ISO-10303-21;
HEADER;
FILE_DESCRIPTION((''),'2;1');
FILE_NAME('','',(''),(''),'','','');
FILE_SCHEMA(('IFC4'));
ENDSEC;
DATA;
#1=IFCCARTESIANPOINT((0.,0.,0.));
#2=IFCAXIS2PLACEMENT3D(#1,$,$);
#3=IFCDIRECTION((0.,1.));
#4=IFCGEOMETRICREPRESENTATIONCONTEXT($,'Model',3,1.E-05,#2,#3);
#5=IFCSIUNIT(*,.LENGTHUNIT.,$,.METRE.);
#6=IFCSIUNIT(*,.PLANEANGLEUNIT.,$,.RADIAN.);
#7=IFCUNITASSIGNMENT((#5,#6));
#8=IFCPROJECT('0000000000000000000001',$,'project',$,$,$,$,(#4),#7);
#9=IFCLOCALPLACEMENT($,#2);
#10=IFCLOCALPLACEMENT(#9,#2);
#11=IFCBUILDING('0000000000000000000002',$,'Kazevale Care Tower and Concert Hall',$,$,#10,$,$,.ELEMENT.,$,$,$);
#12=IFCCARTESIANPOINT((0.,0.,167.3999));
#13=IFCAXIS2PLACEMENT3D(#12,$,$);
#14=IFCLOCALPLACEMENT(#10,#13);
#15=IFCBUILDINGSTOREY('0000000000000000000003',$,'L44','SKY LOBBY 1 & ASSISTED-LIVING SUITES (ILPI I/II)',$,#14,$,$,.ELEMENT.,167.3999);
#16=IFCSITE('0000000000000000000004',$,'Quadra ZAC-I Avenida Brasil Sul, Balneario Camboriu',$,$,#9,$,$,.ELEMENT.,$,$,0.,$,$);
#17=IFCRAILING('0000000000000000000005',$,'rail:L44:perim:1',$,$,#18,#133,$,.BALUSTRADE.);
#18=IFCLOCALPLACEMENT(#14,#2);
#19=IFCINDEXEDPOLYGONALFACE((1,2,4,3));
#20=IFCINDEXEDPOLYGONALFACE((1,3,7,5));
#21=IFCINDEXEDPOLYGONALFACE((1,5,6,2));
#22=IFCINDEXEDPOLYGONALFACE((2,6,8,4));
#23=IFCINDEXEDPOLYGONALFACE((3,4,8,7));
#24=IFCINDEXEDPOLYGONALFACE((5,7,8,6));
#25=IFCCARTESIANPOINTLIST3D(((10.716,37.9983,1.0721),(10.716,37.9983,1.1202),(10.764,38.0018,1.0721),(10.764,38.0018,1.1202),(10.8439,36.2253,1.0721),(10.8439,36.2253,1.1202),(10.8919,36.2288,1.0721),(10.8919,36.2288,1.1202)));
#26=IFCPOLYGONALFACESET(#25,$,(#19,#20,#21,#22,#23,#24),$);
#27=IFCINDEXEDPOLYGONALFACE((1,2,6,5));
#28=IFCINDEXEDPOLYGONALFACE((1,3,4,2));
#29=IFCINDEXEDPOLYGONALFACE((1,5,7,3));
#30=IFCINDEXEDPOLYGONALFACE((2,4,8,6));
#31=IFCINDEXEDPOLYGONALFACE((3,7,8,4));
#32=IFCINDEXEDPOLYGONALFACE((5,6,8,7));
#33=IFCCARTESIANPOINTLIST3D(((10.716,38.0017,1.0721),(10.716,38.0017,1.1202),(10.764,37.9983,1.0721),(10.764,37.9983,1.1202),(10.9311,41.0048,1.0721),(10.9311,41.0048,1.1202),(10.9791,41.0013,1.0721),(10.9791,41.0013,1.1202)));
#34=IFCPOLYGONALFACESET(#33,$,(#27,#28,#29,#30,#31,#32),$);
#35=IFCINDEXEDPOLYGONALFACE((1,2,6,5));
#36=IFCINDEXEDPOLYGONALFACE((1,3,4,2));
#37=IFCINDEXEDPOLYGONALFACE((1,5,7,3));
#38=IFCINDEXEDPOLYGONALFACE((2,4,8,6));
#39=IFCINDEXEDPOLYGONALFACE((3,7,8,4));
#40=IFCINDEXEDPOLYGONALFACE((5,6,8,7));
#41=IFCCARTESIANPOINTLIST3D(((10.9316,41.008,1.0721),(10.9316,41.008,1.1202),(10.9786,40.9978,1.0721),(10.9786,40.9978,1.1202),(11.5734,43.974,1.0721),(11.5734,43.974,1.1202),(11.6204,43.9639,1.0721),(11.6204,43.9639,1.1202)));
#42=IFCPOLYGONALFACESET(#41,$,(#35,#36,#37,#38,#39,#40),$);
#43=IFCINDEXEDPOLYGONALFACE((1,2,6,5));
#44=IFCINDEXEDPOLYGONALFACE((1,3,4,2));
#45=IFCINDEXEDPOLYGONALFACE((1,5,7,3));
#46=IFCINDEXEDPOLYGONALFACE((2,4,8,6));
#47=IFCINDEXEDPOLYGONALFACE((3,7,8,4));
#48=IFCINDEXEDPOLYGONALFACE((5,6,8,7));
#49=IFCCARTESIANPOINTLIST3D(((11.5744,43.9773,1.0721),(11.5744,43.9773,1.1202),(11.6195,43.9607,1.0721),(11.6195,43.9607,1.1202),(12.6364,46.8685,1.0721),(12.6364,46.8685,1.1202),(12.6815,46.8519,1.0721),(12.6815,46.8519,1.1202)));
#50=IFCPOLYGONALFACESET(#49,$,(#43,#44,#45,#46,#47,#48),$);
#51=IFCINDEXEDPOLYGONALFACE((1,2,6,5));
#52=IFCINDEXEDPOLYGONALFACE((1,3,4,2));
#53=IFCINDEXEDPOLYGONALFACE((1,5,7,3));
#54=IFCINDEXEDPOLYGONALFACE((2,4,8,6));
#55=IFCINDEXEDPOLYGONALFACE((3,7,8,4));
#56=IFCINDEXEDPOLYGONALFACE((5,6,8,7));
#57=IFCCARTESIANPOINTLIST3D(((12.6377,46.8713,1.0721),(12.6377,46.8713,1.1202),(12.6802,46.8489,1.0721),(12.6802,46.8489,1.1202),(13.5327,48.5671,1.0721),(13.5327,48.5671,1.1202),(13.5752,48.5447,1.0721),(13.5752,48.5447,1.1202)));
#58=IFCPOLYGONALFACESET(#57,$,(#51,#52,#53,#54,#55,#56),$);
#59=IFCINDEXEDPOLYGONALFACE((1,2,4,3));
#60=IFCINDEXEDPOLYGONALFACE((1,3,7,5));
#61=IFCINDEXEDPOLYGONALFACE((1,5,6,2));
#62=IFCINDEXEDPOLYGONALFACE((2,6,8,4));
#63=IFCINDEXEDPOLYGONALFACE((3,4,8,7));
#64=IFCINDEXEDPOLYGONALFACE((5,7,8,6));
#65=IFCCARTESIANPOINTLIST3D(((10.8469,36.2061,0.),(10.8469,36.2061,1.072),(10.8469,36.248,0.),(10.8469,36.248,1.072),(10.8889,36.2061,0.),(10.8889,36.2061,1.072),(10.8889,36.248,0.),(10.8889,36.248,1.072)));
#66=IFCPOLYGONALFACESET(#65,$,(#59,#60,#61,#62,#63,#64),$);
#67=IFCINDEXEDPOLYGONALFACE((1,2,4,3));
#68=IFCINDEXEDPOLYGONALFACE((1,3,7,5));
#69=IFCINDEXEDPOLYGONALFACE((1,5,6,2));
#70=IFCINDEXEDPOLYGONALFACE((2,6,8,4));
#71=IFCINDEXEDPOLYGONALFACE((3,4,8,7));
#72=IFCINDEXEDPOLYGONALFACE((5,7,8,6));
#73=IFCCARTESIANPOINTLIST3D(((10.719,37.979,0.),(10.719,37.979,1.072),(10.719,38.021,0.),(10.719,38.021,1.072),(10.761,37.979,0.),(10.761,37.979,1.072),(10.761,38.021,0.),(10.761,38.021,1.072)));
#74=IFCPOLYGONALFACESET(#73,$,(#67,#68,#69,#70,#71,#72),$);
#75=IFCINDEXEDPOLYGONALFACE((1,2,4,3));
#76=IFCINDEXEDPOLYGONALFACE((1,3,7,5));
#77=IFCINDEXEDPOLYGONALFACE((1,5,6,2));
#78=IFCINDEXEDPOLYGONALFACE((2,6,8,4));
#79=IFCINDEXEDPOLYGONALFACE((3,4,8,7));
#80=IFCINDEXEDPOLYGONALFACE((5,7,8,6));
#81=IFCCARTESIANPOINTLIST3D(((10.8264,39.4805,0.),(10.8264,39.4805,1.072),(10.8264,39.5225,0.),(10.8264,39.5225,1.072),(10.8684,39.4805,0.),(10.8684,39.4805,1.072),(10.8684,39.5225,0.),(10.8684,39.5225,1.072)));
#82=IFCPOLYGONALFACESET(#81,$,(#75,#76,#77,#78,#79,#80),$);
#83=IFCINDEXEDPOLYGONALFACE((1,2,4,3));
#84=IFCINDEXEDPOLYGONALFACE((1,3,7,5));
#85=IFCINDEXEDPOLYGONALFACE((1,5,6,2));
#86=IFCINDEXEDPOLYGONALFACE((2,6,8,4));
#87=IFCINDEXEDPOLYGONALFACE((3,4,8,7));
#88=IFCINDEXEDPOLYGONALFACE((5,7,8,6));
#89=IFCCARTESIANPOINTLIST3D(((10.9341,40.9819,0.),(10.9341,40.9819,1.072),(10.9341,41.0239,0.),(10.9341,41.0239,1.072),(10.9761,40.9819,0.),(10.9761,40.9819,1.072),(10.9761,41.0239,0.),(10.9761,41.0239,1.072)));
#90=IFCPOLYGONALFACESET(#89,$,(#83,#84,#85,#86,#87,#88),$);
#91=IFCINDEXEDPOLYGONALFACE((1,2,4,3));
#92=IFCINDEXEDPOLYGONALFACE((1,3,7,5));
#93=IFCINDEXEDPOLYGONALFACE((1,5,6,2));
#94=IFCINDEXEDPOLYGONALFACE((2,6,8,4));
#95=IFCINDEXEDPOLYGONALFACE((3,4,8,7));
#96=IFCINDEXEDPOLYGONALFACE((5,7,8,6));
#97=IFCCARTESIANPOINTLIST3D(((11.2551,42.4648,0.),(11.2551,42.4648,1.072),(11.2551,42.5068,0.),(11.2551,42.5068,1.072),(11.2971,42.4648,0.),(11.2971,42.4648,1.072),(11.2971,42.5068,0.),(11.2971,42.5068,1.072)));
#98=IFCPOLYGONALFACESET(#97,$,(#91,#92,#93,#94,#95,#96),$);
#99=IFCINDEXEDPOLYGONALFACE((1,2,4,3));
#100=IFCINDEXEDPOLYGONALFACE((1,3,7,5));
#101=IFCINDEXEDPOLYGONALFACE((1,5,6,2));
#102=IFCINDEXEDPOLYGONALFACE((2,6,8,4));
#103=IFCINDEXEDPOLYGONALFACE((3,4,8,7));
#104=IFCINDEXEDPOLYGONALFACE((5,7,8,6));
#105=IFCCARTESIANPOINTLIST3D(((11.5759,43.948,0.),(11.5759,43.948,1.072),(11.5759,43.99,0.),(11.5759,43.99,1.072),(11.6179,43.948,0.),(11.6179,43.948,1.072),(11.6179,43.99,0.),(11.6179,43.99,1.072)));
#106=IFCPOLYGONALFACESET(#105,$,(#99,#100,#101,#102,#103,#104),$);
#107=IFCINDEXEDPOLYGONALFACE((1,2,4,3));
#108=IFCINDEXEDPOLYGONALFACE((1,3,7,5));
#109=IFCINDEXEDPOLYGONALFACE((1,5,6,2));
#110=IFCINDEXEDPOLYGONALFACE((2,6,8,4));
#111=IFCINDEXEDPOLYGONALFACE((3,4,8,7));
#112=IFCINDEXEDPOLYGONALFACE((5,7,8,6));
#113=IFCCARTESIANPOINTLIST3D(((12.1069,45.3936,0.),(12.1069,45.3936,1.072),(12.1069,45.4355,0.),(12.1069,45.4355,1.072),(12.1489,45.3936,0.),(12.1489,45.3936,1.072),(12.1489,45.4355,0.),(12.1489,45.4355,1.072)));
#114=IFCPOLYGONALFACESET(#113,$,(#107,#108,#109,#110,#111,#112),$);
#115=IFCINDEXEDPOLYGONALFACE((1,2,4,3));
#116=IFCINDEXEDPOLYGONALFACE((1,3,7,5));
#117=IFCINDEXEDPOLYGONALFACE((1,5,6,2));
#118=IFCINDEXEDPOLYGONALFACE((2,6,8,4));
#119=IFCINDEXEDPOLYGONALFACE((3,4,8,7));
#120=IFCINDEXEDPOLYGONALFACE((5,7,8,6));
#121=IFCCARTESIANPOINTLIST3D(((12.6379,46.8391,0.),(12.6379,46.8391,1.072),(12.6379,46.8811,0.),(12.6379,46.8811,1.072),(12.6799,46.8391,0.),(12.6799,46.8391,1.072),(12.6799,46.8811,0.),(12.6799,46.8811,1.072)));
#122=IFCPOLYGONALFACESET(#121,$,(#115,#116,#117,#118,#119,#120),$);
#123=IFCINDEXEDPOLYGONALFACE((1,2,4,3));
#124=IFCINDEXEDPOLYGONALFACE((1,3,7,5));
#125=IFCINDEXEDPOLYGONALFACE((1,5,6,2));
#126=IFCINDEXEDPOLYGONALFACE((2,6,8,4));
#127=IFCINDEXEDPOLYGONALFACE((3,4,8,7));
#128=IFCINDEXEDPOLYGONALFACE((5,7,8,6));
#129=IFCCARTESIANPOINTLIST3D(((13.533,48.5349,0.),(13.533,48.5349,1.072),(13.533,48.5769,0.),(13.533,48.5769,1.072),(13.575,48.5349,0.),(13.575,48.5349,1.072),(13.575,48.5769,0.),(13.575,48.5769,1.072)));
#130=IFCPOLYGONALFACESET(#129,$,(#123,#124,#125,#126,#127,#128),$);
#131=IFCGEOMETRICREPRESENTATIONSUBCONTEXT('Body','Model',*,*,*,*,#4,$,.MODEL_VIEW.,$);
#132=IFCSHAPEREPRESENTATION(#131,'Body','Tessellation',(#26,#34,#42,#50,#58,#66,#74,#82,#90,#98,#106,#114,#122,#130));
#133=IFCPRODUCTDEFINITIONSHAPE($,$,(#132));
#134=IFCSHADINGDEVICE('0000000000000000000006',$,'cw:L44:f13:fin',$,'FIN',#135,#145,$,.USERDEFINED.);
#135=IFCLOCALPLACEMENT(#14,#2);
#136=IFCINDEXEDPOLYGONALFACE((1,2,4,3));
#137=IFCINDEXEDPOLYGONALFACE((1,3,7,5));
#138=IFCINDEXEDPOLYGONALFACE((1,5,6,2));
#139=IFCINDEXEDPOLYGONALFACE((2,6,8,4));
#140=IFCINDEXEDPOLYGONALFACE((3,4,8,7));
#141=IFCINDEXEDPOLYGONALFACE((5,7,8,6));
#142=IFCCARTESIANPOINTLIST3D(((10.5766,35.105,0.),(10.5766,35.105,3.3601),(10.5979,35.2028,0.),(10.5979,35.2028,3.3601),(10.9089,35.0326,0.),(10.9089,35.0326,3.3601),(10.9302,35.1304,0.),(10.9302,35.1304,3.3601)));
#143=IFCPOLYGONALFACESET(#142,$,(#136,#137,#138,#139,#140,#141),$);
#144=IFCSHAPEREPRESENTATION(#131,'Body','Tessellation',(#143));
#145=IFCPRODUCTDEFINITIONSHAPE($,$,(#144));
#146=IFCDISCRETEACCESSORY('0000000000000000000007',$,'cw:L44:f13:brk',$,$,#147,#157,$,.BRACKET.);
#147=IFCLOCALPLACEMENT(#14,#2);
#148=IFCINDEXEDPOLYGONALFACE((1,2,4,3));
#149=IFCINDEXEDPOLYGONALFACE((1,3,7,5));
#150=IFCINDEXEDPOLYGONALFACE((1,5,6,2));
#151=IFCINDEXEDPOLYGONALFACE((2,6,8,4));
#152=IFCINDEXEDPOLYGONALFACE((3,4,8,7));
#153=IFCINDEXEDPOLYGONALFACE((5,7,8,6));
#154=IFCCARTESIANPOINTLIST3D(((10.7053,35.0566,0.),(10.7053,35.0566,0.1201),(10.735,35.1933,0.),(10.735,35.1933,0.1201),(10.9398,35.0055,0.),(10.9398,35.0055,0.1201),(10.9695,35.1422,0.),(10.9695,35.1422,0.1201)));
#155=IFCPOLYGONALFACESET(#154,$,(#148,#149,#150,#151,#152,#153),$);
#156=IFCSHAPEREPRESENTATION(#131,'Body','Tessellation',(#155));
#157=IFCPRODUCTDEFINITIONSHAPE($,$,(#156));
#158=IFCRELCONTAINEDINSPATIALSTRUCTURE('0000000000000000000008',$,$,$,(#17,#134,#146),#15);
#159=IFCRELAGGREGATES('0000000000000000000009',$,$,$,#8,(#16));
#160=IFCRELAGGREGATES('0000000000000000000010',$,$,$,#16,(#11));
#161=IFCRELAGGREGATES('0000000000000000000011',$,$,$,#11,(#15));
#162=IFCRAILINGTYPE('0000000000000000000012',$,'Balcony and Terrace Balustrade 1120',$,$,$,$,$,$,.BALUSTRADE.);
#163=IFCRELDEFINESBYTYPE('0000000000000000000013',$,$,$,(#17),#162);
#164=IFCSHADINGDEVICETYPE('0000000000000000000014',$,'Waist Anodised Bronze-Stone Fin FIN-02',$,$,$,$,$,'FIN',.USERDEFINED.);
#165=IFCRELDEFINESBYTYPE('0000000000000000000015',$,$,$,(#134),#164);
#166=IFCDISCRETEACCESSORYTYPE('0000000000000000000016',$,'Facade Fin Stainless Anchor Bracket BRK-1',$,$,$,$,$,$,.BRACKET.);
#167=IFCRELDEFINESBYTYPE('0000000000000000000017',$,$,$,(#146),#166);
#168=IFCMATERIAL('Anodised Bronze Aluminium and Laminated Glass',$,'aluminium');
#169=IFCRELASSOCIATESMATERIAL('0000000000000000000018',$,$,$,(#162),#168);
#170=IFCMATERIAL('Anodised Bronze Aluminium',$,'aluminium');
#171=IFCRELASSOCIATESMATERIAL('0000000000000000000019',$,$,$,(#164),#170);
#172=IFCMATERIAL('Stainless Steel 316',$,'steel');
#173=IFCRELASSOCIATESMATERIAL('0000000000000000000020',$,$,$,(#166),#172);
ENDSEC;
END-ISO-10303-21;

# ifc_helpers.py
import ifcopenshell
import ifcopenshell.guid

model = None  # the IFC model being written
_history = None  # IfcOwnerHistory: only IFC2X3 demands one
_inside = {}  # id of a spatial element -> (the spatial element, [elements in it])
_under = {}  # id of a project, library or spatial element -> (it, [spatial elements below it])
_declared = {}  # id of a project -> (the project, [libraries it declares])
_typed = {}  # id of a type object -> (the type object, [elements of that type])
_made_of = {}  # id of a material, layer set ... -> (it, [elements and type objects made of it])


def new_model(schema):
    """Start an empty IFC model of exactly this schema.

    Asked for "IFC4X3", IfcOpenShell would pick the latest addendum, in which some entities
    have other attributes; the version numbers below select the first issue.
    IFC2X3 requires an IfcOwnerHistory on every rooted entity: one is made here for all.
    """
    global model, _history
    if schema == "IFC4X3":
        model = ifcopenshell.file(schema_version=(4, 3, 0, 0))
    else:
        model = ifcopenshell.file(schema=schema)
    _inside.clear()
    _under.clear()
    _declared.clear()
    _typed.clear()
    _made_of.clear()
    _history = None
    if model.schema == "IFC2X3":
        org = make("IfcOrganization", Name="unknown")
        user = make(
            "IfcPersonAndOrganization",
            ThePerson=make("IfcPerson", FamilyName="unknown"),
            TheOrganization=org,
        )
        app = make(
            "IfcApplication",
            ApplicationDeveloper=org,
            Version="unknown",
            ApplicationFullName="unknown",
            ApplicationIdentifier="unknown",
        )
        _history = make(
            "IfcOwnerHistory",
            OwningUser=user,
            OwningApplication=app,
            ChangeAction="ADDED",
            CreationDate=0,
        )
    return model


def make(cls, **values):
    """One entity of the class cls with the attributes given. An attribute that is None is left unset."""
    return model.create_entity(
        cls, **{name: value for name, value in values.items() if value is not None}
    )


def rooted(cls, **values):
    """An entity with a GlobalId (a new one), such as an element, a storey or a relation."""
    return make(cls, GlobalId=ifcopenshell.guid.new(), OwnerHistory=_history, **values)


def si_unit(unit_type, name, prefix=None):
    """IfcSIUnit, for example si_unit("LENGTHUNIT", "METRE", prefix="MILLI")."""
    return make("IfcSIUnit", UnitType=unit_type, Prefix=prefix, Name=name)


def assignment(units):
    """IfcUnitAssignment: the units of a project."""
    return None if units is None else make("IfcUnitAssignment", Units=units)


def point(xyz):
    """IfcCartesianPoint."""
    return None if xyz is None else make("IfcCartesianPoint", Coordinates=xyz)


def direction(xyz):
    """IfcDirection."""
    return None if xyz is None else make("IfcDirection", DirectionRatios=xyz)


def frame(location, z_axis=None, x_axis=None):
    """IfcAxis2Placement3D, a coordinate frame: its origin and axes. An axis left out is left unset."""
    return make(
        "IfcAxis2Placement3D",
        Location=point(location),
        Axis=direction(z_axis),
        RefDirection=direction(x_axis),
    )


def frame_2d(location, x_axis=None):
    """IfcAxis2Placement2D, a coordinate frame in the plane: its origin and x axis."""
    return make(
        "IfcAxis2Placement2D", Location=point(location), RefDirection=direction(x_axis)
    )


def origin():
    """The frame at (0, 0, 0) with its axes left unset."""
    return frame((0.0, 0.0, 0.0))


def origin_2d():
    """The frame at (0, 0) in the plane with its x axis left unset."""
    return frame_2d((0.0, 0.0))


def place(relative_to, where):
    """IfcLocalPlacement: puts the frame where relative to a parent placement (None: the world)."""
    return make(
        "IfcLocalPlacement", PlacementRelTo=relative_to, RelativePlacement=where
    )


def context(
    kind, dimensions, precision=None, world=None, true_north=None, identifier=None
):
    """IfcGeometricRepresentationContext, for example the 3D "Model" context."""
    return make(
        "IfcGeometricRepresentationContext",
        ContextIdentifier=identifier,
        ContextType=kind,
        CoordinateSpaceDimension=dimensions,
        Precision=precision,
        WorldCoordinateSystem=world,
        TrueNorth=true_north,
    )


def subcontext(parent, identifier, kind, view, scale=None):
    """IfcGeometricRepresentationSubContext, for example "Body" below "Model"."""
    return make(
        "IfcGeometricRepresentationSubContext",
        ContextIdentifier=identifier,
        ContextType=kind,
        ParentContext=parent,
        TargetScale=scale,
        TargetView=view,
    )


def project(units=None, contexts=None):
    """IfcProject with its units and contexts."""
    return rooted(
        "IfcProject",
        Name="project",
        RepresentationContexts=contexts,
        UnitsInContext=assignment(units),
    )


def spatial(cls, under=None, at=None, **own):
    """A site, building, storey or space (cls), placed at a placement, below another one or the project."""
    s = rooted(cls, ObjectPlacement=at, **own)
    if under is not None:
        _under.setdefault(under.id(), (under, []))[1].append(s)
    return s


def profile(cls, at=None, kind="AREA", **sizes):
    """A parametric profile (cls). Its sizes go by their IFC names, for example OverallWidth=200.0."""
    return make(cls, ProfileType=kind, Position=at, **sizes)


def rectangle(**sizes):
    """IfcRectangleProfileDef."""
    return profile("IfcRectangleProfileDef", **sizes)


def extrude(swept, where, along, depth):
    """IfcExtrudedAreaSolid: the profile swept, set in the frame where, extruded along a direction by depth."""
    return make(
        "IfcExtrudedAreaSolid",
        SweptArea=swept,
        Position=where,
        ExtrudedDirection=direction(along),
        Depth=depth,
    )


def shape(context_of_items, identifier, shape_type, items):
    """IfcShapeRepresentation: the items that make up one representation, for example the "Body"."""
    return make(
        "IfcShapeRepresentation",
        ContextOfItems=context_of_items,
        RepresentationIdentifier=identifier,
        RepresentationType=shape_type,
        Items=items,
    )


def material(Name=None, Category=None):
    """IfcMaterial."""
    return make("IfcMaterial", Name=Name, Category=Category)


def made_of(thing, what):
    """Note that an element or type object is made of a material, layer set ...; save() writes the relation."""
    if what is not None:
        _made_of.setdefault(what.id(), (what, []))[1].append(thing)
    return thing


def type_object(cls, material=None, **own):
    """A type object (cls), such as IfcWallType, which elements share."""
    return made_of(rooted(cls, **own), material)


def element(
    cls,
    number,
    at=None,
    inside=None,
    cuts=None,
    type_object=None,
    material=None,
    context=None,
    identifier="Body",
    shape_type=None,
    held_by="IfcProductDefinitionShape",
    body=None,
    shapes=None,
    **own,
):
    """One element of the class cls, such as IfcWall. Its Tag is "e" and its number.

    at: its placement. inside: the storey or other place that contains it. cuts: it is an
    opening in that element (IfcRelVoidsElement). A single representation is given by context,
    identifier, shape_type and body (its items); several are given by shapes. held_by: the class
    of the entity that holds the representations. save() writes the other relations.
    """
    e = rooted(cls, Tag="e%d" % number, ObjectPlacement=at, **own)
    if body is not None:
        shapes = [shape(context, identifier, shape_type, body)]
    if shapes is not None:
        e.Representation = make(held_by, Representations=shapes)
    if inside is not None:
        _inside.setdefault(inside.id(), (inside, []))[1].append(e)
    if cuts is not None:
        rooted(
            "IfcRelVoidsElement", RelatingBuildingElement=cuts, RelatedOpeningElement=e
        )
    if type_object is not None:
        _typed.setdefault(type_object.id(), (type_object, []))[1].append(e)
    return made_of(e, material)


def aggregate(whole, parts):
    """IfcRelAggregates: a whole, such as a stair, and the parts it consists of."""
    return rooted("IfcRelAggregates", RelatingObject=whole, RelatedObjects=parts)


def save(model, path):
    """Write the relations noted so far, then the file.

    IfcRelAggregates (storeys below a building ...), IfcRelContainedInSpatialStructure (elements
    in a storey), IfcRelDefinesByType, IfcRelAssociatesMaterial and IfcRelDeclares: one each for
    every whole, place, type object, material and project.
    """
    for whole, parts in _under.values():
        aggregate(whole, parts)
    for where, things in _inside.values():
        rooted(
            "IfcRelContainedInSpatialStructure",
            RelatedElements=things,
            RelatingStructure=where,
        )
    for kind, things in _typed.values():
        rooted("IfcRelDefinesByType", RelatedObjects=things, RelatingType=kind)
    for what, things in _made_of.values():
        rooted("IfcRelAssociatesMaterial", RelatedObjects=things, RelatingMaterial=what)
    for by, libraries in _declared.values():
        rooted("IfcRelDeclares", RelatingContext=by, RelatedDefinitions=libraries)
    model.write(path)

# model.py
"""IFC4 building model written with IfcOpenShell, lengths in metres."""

from ifc_helpers import new_model, si_unit, direction, frame, origin, origin_2d, place, context, subcontext, project, spatial, rectangle, extrude, material, type_object, element, save


model = new_model("IFC4")

# Units and contexts
model_context = context("Model", 3, precision=1e-05, world=origin(), true_north=direction((0.0, 1.0)))
body_context = subcontext(model_context, "Body", "Model", "MODEL_VIEW")
ifc_project = project(units=[si_unit("LENGTHUNIT", "METRE"), si_unit("PLANEANGLEUNIT", "RADIAN")], contexts=[model_context])

# Site, building, storey
site_placement = place(None, origin())
site = spatial("IfcSite", under=ifc_project, at=site_placement, Name="Quadra ZAC-I Avenida Brasil Sul, Balneario Camboriu", CompositionType="ELEMENT", RefElevation=0.0)
building_placement = place(site_placement, origin())
building = spatial("IfcBuilding", under=site, at=building_placement, Name="Kazevale Care Tower and Concert Hall", CompositionType="ELEMENT")
storey_placement = place(building_placement, frame((0.0, 0.0, 167.3999)))
storey = spatial("IfcBuildingStorey", under=building, at=storey_placement, Name="L44", Description="SKY LOBBY 1 & ASSISTED-LIVING SUITES (ILPI I/II)", CompositionType="ELEMENT", Elevation=167.3999)

# Shared definitions
ifc_material_1 = material(Name="Stainless Steel 316", Category="steel")

# Railing
ifc_material_2 = material(Name="Anodised Bronze Aluminium and Laminated Glass", Category="aluminium")
railing_type = type_object("IfcRailingType", Name="Balcony and Terrace Balustrade 1120", PredefinedType="BALUSTRADE", material=ifc_material_2)
railing_placement = place(storey_placement, frame((10.8679, 36.2271, 0.0)))
element("IfcRailing", 1, at=railing_placement, inside=storey, type_object=railing_type, Name="rail:L44:perim:1", PredefinedType="BALUSTRADE", context=body_context, shape_type="SweptSolid", body=[
    extrude(rectangle(XDim=0.0481, YDim=0.0481, at=origin_2d()), frame((0.0, 0.0, 1.0962), z_axis=(-0.071969, 0.997407, 0.0), x_axis=(-0.997407, -0.071969, 0.0)), (0.0, 0.0, 1.0), 1.7776),
    extrude(rectangle(XDim=0.0481, YDim=0.0481, at=origin_2d()), frame((-0.1279, 1.7729, 1.0962), z_axis=(0.071443, 0.997445, 0.0), x_axis=(-0.997445, 0.071443, 0.0)), (0.0, 0.0, 1.0), 3.0107),
    extrude(rectangle(XDim=0.0481, YDim=0.0481, at=origin_2d()), frame((0.0872, 4.7759, 1.0962), z_axis=(0.211501, 0.977378, 0.0), x_axis=(-0.977378, 0.211501, 0.0)), (0.0, 0.0, 1.0), 3.0347),
    extrude(rectangle(XDim=0.0481, YDim=0.0481, at=origin_2d()), frame((0.729, 7.7419, 1.0962), z_axis=(0.344809, 0.938673, 0.0), x_axis=(-0.938673, 0.344809, 0.0)), (0.0, 0.0, 1.0), 3.0801),
    extrude(rectangle(XDim=0.0481, YDim=0.0481, at=origin_2d()), frame((1.791, 10.6331, 1.0962), z_axis=(0.466764, 0.884382, 0.0), x_axis=(-0.884382, 0.466764, 0.0)), (0.0, 0.0, 1.0), 1.9175),
    extrude(rectangle(XDim=0.042, YDim=0.042, at=origin_2d()), origin(), (0.0, 0.0, 1.0), 1.072),
    extrude(rectangle(XDim=0.042, YDim=0.042, at=origin_2d()), frame((-0.1279, 1.7729, 0.0)), (0.0, 0.0, 1.0), 1.072),
    extrude(rectangle(XDim=0.042, YDim=0.042, at=origin_2d()), frame((-0.0205, 3.2744, 0.0)), (0.0, 0.0, 1.0), 1.072),
    extrude(rectangle(XDim=0.042, YDim=0.042, at=origin_2d()), frame((0.0872, 4.7759, 0.0)), (0.0, 0.0, 1.0), 1.072),
    extrude(rectangle(XDim=0.042, YDim=0.042, at=origin_2d()), frame((0.4082, 6.2588, 0.0)), (0.0, 0.0, 1.0), 1.072),
    extrude(rectangle(XDim=0.042, YDim=0.042, at=origin_2d()), frame((0.729, 7.7419, 0.0)), (0.0, 0.0, 1.0), 1.072),
    extrude(rectangle(XDim=0.042, YDim=0.042, at=origin_2d()), frame((1.26, 9.1875, 0.0)), (0.0, 0.0, 1.0), 1.072),
    extrude(rectangle(XDim=0.042, YDim=0.042, at=origin_2d()), frame((1.791, 10.6331, 0.0)), (0.0, 0.0, 1.0), 1.072),
    extrude(rectangle(XDim=0.042, YDim=0.042, at=origin_2d()), frame((2.686, 12.3289, 0.0)), (0.0, 0.0, 1.0), 1.072),
])

# Shading device
ifc_material_3 = material(Name="Anodised Bronze Aluminium", Category="aluminium")
shading_device_type = type_object("IfcShadingDeviceType", Name="Waist Anodised Bronze-Stone Fin FIN-02", ElementType="FIN", PredefinedType="USERDEFINED", material=ifc_material_3)
shading_device_placement = place(storey_placement, frame((10.7534, 35.1177, 0.0), z_axis=(0.0, 0.0, 1.0), x_axis=(-0.977083, 0.21286, 0.0)))
element("IfcShadingDevice", 2, at=shading_device_placement, inside=storey, type_object=shading_device_type, Name="cw:L44:f13:fin", ObjectType="FIN", PredefinedType="USERDEFINED", context=body_context, shape_type="SweptSolid", body=[
    extrude(rectangle(XDim=0.3401, YDim=0.1001, at=origin_2d()), origin(), (0.0, 0.0, 1.0), 3.3601),
])

# Discrete accessory
discrete_accessory_type = type_object("IfcDiscreteAccessoryType", Name="Facade Fin Stainless Anchor Bracket BRK-1", PredefinedType="BRACKET", material=ifc_material_1)
discrete_accessory_placement = place(storey_placement, frame((10.8374, 35.0994, 0.0), z_axis=(0.0, 0.0, 1.0), x_axis=(-0.977083, 0.21286, 0.0)))
element("IfcDiscreteAccessory", 3, at=discrete_accessory_placement, inside=storey, type_object=discrete_accessory_type, Name="cw:L44:f13:brk", PredefinedType="BRACKET", context=body_context, shape_type="SweptSolid", body=[
    extrude(rectangle(XDim=0.24, YDim=0.1399, at=origin_2d()), origin(), (0.0, 0.0, 1.0), 0.1201),
])

save(model, "model.ifc")
